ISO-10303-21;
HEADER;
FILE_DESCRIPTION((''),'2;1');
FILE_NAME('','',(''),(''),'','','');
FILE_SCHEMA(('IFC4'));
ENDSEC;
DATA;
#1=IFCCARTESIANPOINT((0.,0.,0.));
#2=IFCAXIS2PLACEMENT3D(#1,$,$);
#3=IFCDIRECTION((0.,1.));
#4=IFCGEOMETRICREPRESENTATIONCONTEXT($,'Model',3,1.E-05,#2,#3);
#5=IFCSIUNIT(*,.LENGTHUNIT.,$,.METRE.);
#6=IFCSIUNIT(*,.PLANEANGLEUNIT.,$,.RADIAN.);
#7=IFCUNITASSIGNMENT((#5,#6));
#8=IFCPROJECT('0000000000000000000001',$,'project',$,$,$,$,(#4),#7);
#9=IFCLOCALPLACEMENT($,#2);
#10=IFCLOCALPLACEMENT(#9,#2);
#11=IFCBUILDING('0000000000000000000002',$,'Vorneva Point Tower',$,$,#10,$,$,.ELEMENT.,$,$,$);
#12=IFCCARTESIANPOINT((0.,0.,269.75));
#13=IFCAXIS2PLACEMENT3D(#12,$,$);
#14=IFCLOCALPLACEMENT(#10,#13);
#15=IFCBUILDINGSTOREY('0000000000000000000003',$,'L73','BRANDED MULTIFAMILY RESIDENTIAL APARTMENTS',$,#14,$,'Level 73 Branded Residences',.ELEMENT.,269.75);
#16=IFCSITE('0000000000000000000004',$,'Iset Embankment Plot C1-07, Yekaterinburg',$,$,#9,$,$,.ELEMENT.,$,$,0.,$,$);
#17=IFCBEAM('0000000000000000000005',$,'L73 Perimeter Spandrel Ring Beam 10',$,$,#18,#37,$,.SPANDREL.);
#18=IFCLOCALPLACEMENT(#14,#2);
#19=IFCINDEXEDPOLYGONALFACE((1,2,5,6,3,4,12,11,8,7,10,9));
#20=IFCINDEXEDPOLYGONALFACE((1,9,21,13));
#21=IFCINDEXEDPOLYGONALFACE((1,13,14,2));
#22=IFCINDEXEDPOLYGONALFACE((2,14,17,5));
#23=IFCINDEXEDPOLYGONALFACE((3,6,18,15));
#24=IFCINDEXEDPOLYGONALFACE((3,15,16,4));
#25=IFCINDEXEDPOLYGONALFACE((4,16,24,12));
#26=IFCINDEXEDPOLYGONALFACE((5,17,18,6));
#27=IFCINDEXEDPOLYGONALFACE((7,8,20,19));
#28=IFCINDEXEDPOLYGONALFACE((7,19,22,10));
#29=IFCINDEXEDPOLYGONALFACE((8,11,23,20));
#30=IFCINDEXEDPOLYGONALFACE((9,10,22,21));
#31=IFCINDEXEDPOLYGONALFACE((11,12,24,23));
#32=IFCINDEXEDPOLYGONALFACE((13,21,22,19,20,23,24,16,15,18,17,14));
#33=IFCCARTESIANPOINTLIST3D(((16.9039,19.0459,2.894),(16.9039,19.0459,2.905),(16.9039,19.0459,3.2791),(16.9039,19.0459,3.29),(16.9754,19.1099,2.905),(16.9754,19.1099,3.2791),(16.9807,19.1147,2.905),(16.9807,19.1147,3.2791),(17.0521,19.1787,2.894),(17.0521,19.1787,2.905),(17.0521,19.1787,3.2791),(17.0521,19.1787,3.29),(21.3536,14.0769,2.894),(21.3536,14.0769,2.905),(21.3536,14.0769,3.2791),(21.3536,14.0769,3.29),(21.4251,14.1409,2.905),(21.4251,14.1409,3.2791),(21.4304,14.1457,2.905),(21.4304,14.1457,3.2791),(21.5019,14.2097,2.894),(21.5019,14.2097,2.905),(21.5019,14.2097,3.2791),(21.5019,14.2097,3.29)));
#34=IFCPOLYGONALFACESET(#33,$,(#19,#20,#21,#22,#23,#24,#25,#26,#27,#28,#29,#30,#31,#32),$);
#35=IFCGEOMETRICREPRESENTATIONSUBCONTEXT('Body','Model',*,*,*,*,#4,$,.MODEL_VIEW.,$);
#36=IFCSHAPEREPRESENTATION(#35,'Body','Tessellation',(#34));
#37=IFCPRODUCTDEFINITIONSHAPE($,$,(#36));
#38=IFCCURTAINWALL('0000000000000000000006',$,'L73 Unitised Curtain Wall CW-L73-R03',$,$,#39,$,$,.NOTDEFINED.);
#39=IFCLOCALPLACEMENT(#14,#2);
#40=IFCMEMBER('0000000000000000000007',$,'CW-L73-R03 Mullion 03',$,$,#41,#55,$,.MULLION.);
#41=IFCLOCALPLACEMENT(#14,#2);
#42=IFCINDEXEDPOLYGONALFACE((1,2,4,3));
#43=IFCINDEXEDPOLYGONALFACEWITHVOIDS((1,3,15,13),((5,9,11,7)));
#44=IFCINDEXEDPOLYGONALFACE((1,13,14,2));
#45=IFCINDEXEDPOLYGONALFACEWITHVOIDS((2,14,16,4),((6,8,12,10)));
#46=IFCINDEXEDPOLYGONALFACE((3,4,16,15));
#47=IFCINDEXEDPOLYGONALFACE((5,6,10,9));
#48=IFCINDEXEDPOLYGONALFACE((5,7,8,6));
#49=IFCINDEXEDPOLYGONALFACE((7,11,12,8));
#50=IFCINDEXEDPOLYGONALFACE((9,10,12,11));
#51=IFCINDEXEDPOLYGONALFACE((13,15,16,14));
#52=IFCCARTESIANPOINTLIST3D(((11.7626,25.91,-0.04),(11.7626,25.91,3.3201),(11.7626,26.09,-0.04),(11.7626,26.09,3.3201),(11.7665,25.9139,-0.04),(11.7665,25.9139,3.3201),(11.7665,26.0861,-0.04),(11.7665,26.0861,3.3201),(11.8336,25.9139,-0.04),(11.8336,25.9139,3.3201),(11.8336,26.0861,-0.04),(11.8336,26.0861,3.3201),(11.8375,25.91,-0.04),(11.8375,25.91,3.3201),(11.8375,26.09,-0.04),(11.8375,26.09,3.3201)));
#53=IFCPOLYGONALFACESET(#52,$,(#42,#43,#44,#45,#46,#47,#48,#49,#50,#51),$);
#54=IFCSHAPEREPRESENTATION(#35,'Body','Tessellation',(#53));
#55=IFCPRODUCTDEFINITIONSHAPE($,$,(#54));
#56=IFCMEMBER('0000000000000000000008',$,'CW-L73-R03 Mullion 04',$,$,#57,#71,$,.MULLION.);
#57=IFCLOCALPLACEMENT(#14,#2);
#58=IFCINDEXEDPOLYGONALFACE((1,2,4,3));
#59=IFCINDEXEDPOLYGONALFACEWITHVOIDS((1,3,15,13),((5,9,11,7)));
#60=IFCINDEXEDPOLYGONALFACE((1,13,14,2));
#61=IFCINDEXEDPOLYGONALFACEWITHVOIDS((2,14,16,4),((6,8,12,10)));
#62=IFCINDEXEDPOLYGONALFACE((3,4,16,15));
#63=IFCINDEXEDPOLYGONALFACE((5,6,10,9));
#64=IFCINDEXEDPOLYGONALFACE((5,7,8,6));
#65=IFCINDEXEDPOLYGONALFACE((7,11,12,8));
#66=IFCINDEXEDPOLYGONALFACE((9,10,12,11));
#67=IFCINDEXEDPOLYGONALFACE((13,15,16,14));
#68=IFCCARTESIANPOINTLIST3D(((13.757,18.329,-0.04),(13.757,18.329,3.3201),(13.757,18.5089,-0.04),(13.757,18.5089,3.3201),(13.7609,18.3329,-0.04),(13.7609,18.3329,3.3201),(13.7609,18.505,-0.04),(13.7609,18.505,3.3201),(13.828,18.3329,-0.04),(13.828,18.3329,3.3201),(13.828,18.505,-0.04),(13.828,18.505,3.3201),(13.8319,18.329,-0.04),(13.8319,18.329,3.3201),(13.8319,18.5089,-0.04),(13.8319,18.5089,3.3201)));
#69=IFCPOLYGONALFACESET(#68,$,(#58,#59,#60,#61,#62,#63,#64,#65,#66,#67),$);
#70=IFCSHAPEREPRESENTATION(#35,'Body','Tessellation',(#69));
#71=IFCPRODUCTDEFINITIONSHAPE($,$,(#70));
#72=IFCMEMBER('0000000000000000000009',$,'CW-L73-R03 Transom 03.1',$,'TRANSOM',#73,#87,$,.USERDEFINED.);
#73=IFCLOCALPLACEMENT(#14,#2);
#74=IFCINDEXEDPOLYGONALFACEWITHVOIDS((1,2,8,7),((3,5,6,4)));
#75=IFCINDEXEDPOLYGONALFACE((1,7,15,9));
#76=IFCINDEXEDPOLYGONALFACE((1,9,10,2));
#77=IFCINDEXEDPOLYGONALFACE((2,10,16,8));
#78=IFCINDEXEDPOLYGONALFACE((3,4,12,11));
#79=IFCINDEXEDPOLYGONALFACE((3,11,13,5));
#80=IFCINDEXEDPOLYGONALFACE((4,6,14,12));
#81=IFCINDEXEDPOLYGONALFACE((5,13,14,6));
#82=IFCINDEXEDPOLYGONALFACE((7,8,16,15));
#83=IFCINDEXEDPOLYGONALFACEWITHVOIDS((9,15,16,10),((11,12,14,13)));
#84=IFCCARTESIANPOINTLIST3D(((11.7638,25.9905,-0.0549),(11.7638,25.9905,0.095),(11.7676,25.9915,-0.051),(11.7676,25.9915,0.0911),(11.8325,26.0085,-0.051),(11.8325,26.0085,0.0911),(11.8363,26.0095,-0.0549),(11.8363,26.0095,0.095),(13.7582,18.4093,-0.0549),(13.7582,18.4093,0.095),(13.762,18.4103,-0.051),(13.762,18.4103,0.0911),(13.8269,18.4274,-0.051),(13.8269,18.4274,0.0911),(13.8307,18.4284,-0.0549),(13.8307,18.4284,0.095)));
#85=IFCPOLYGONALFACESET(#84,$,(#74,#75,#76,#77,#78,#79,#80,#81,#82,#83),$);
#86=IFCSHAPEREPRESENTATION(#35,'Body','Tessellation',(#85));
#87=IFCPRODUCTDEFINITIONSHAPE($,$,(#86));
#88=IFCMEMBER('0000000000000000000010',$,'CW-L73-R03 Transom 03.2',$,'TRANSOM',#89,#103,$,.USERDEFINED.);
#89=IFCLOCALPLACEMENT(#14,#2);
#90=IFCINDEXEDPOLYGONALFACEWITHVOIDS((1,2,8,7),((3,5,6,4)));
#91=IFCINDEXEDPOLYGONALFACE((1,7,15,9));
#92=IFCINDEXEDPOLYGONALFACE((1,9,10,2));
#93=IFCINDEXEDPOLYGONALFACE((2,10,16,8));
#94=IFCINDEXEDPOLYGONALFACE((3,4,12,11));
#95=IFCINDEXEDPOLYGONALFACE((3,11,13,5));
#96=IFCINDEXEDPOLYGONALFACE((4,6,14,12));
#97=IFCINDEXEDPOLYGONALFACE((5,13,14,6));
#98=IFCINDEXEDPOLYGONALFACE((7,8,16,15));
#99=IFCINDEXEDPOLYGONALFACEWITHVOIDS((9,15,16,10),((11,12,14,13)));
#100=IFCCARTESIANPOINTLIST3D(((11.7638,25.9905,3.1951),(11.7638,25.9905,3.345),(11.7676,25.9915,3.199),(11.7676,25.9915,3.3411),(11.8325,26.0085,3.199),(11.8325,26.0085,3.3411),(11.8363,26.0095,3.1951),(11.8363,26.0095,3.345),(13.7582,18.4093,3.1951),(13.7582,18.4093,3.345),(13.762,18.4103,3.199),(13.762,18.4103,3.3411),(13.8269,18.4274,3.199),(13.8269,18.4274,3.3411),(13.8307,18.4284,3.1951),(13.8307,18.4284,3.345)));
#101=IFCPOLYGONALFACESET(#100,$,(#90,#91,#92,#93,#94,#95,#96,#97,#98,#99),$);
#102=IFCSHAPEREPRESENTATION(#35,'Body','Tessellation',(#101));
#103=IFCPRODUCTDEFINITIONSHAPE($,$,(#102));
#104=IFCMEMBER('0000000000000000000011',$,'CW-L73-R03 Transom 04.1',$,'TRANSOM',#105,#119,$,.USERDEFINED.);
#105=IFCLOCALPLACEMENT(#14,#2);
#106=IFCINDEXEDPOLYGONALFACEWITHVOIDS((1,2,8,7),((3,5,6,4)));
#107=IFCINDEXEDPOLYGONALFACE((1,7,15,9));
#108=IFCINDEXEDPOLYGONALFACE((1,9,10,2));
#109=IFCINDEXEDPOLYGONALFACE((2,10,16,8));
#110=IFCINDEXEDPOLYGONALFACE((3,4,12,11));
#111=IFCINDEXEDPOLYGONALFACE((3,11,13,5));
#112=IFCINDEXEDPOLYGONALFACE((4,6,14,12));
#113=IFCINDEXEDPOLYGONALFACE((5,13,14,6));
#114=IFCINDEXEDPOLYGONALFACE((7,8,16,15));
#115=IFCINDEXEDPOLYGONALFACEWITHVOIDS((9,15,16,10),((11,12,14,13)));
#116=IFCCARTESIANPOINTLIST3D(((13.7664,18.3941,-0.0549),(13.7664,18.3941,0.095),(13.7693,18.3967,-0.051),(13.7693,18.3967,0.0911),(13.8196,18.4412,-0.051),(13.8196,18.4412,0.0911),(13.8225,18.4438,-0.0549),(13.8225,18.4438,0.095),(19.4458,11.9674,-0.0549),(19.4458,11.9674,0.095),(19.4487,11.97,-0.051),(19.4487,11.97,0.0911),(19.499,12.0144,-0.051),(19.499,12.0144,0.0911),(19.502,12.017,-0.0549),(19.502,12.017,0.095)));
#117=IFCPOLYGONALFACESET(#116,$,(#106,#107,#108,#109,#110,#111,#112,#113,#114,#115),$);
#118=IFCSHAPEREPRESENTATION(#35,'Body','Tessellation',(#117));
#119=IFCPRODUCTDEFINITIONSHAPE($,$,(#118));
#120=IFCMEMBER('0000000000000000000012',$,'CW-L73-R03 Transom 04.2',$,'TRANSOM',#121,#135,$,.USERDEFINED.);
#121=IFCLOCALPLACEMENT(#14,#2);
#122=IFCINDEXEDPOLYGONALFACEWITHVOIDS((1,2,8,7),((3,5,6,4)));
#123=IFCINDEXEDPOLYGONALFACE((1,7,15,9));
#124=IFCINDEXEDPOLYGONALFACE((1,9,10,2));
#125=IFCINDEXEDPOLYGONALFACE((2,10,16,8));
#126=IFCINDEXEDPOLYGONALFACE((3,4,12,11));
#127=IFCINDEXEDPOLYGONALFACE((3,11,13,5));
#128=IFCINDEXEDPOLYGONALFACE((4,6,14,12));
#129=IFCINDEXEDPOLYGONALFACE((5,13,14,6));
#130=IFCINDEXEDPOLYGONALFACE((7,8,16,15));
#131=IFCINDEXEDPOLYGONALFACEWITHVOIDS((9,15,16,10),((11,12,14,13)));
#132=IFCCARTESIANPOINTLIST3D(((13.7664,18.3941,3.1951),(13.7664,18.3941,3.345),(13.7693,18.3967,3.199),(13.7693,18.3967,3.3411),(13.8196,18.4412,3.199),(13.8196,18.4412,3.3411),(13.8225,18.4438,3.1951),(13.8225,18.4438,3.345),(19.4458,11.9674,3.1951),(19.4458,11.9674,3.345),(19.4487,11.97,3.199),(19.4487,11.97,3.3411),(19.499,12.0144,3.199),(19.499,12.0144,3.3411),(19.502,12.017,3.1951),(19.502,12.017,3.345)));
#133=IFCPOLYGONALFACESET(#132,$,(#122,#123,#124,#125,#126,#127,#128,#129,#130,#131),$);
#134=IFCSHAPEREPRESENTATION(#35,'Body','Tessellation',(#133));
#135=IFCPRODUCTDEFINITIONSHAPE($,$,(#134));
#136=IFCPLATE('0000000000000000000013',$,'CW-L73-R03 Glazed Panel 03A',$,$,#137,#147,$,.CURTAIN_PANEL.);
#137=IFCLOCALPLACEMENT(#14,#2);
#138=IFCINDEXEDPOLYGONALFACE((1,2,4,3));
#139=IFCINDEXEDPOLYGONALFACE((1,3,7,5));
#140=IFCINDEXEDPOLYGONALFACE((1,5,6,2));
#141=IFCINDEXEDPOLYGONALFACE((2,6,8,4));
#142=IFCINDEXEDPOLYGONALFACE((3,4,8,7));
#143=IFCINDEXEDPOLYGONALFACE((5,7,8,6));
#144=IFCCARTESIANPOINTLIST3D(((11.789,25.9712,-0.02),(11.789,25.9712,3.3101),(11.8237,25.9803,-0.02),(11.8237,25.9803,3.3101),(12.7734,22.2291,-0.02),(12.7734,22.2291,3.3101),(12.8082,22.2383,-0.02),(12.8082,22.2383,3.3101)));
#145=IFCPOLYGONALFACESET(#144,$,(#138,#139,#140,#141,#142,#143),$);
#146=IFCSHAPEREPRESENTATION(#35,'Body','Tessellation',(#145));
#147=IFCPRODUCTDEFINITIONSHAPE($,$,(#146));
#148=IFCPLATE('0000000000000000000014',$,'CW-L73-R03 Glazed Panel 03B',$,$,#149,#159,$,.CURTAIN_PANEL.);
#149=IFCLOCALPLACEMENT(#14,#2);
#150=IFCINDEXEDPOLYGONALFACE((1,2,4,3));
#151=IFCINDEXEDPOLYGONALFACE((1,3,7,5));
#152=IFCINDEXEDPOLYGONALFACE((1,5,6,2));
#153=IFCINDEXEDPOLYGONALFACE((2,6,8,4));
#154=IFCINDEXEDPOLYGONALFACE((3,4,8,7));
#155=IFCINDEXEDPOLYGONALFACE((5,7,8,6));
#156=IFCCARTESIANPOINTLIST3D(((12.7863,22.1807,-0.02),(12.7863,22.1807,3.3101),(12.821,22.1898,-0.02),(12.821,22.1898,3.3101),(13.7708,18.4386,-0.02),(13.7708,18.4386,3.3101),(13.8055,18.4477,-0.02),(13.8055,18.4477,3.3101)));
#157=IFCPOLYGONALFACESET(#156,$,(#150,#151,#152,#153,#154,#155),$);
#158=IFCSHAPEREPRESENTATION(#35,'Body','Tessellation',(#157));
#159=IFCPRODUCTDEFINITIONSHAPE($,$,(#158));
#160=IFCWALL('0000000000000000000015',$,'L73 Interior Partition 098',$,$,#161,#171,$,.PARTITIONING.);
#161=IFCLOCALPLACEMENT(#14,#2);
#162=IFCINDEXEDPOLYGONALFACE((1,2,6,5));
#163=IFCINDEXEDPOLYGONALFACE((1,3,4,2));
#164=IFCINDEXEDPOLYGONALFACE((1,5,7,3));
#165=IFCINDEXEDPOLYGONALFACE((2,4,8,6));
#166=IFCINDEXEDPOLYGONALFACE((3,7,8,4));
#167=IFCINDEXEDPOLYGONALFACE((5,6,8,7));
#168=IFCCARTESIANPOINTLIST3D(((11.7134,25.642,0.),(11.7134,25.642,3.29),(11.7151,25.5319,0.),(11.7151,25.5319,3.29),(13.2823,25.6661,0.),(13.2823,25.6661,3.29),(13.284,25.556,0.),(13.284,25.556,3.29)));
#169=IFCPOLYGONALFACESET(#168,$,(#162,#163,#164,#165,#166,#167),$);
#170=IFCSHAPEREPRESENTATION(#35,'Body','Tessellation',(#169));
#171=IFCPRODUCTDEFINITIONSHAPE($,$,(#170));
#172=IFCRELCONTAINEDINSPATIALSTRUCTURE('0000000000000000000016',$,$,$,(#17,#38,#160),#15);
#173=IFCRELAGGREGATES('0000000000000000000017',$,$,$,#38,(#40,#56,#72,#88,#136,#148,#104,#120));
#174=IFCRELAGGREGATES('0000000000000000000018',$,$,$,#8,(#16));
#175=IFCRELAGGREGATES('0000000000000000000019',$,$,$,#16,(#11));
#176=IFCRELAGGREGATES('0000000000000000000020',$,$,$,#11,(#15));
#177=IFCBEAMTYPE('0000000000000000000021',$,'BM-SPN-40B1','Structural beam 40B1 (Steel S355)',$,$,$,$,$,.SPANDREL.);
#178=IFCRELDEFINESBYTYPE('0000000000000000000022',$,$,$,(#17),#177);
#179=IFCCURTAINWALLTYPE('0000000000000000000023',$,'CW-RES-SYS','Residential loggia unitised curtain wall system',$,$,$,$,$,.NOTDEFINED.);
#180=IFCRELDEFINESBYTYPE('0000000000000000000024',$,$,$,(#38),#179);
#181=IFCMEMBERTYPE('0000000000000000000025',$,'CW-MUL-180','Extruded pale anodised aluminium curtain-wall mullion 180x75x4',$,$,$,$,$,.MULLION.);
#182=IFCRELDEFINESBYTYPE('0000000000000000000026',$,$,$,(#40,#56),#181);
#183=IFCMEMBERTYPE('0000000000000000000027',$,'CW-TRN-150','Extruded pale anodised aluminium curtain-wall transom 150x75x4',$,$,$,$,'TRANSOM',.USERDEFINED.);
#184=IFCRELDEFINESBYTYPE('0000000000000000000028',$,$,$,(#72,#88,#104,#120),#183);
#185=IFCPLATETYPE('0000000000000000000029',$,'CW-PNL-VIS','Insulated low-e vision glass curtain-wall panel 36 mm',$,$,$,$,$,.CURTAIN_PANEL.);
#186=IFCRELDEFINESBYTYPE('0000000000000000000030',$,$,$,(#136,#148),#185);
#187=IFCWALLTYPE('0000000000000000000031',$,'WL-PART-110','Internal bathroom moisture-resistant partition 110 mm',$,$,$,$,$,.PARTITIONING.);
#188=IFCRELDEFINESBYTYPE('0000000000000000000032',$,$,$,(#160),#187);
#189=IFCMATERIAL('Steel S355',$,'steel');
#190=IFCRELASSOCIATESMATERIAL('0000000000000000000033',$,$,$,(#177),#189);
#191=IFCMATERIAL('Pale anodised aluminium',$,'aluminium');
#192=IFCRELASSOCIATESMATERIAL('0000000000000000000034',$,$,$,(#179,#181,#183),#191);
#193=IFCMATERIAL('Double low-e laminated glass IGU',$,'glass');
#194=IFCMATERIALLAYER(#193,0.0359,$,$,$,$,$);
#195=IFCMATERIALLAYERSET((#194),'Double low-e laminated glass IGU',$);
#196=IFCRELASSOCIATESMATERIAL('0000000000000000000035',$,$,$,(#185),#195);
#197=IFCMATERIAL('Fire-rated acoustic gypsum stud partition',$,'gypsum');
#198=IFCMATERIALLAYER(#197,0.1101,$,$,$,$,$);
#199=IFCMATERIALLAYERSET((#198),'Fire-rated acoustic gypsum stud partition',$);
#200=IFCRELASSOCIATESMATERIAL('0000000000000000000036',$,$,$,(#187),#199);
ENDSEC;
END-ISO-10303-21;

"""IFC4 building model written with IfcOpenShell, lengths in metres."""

from ifc_helpers import new_model, si_unit, direction, frame, frame_2d, origin, origin_2d, place, context, subcontext, project, spatial, rectangle, hollow_rectangle, i_section, extrude, material, layer, layer_set, material_profile, profile_set, type_object, element, aggregate, save


model = new_model("IFC4")

# Units and contexts
model_context = context("Model", 3, precision=1e-05, world=origin(), true_north=direction((0.0, 1.0)))
body_context = subcontext(model_context, "Body", "Model", "MODEL_VIEW")
ifc_project = project(units=[si_unit("LENGTHUNIT", "METRE"), si_unit("PLANEANGLEUNIT", "RADIAN")], contexts=[model_context])

# Site, building, storey
site_placement = place(None, origin())
site = spatial("IfcSite", under=ifc_project, at=site_placement, Name="Iset Embankment Plot C1-07, Yekaterinburg", CompositionType="ELEMENT", RefElevation=0.0)
building_placement = place(site_placement, origin())
building = spatial("IfcBuilding", under=site, at=building_placement, Name="Vorneva Point Tower", CompositionType="ELEMENT")
storey_placement = place(building_placement, frame((0.0, 0.0, 269.75)))
storey = spatial("IfcBuildingStorey", under=building, at=storey_placement, Name="L73", Description="BRANDED MULTIFAMILY RESIDENTIAL APARTMENTS", LongName="Level 73 Branded Residences", CompositionType="ELEMENT", Elevation=269.75)

# Beam
ifc_material_1 = material(Name="Steel S355", Category="steel")
ifc_material_profile_1 = material_profile(ifc_material_1, i_section(OverallWidth=0.199, OverallDepth=0.396, WebThickness=0.0071, FlangeThickness=0.011, at=origin_2d()), Name="40B1")
ifc_profile_set_1 = profile_set([ifc_material_profile_1], Name="Steel S355")
beam_type_1 = type_object("IfcBeamType", Name="BM-SPN-40B1", Description="Structural beam 40B1 (Steel S355)", PredefinedType="SPANDREL", material=ifc_profile_set_1)
beam_1_placement = place(storey_placement, frame((16.978, 19.1123, 3.092), z_axis=(0.667108, -0.744961, 0.0), x_axis=(0.744961, 0.667108, 0.0)))
element("IfcBeam", 1, at=beam_1_placement, inside=storey, type_object=beam_type_1, Name="L73 Perimeter Spandrel Ring Beam 10", PredefinedType="SPANDREL", context=body_context, shape_type="SweptSolid", body=[
    extrude(i_section(OverallWidth=0.199, OverallDepth=0.396, WebThickness=0.0071, FlangeThickness=0.011, at=origin_2d()), origin(), (0.0, 0.0, 1.0), 6.6702),
])

# Curtain wall, members, plates
ifc_material_2 = material(Name="Pale anodised aluminium", Category="aluminium")
curtain_wall_type = type_object("IfcCurtainWallType", Name="CW-RES-SYS", Description="Residential loggia unitised curtain wall system", PredefinedType="NOTDEFINED", material=ifc_material_2)
curtain_wall_placement = place(storey_placement, origin())
curtain_wall = element("IfcCurtainWall", 2, at=curtain_wall_placement, inside=storey, type_object=curtain_wall_type, Name="L73 Unitised Curtain Wall CW-L73-R03", PredefinedType="NOTDEFINED")
ifc_material_profile_2 = material_profile(ifc_material_2, hollow_rectangle(XDim=0.075, YDim=0.1799, WallThickness=0.0039, at=origin_2d()), Name="AL-MUL 180x75x4")
ifc_profile_set_2 = profile_set([ifc_material_profile_2], Name="Pale anodised aluminium")
member_type_1 = type_object("IfcMemberType", Name="CW-MUL-180", Description="Extruded pale anodised aluminium curtain-wall mullion 180x75x4", PredefinedType="MULLION", material=ifc_profile_set_2)
member_1_placement = place(storey_placement, frame((11.8, 26.0, -0.04), z_axis=(0.0, 0.0, 1.0), x_axis=(1.0, 0.0, 0.0)))
member_1 = element("IfcMember", 3, at=member_1_placement, type_object=member_type_1, Name="CW-L73-R03 Mullion 03", PredefinedType="MULLION", context=body_context, shape_type="SweptSolid", body=[
    extrude(hollow_rectangle(XDim=0.075, YDim=0.1799, WallThickness=0.0039, at=origin_2d()), origin(), (0.0, 0.0, 1.0), 3.3601),
])
member_2_placement = place(storey_placement, frame((13.7944, 18.4189, -0.04), z_axis=(0.0, 0.0, 1.0), x_axis=(1.0, 0.0, 0.0)))
member_2 = element("IfcMember", 4, at=member_2_placement, type_object=member_type_1, Name="CW-L73-R03 Mullion 04", PredefinedType="MULLION", context=body_context, shape_type="SweptSolid", body=[
    extrude(hollow_rectangle(XDim=0.075, YDim=0.1799, WallThickness=0.0039, at=origin_2d()), origin(), (0.0, 0.0, 1.0), 3.3601),
])
ifc_material_profile_3 = material_profile(ifc_material_2, hollow_rectangle(XDim=0.075, YDim=0.1499, WallThickness=0.0039, at=origin_2d()), Name="AL-TRN 150x75x4")
ifc_profile_set_3 = profile_set([ifc_material_profile_3], Name="Pale anodised aluminium")
member_type_2 = type_object("IfcMemberType", Name="CW-TRN-150", Description="Extruded pale anodised aluminium curtain-wall transom 150x75x4", ElementType="TRANSOM", PredefinedType="USERDEFINED", material=ifc_profile_set_3)
member_3_placement = place(storey_placement, frame((11.8, 26.0, 0.02), z_axis=(0.254418, -0.967094, 0.0), x_axis=(0.967094, 0.254418, 0.0)))
member_3 = element("IfcMember", 5, at=member_3_placement, type_object=member_type_2, Name="CW-L73-R03 Transom 03.1", ObjectType="TRANSOM", PredefinedType="USERDEFINED", context=body_context, shape_type="SweptSolid", body=[
    extrude(hollow_rectangle(XDim=0.075, YDim=0.1499, WallThickness=0.0039, at=origin_2d()), origin(), (0.0, 0.0, 1.0), 7.8391),
])
member_4_placement = place(storey_placement, frame((11.8, 26.0, 3.27), z_axis=(0.254418, -0.967094, 0.0), x_axis=(0.967094, 0.254418, 0.0)))
member_4 = element("IfcMember", 6, at=member_4_placement, type_object=member_type_2, Name="CW-L73-R03 Transom 03.2", ObjectType="TRANSOM", PredefinedType="USERDEFINED", context=body_context, shape_type="SweptSolid", body=[
    extrude(hollow_rectangle(XDim=0.075, YDim=0.1499, WallThickness=0.0039, at=origin_2d()), origin(), (0.0, 0.0, 1.0), 7.8391),
])
member_5_placement = place(storey_placement, frame((13.7944, 18.4189, 0.02), z_axis=(0.662197, -0.74933, 0.0), x_axis=(0.74933, 0.662197, 0.0)))
member_5 = element("IfcMember", 7, at=member_5_placement, type_object=member_type_2, Name="CW-L73-R03 Transom 04.1", ObjectType="TRANSOM", PredefinedType="USERDEFINED", context=body_context, shape_type="SweptSolid", body=[
    extrude(hollow_rectangle(XDim=0.075, YDim=0.1499, WallThickness=0.0039, at=origin_2d()), origin(), (0.0, 0.0, 1.0), 8.5767),
])
member_6_placement = place(storey_placement, frame((13.7944, 18.4189, 3.27), z_axis=(0.662197, -0.74933, 0.0), x_axis=(0.74933, 0.662197, 0.0)))
member_6 = element("IfcMember", 8, at=member_6_placement, type_object=member_type_2, Name="CW-L73-R03 Transom 04.2", ObjectType="TRANSOM", PredefinedType="USERDEFINED", context=body_context, shape_type="SweptSolid", body=[
    extrude(hollow_rectangle(XDim=0.075, YDim=0.1499, WallThickness=0.0039, at=origin_2d()), origin(), (0.0, 0.0, 1.0), 8.5767),
])
ifc_material_3 = material(Name="Double low-e laminated glass IGU", Category="glass")
ifc_layer_1 = layer(ifc_material_3, 0.0359)
ifc_layer_set_1 = layer_set([ifc_layer_1], Name="Double low-e laminated glass IGU")
plate_type = type_object("IfcPlateType", Name="CW-PNL-VIS", Description="Insulated low-e vision glass curtain-wall panel 36 mm", PredefinedType="CURTAIN_PANEL", material=ifc_layer_set_1)
plate_1_placement = place(storey_placement, frame((12.2986, 24.1047, -0.02), z_axis=(0.0, 0.0, 1.0), x_axis=(0.254416, -0.967095, 0.0)))
plate_1 = element("IfcPlate", 9, at=plate_1_placement, type_object=plate_type, Name="CW-L73-R03 Glazed Panel 03A", PredefinedType="CURTAIN_PANEL", context=body_context, shape_type="SweptSolid", body=[
    extrude(rectangle(XDim=3.8694, YDim=0.0359, at=origin_2d()), origin(), (0.0, 0.0, 1.0), 3.3301),
])
plate_2_placement = place(storey_placement, frame((13.2959, 20.3142, -0.02), z_axis=(0.0, 0.0, 1.0), x_axis=(0.254416, -0.967095, 0.0)))
plate_2 = element("IfcPlate", 10, at=plate_2_placement, type_object=plate_type, Name="CW-L73-R03 Glazed Panel 03B", PredefinedType="CURTAIN_PANEL", context=body_context, shape_type="SweptSolid", body=[
    extrude(rectangle(XDim=3.8694, YDim=0.0359, at=origin_2d()), origin(), (0.0, 0.0, 1.0), 3.3301),
])
aggregate(curtain_wall, [member_1, member_2, member_3, member_4, plate_1, plate_2, member_5, member_6])

# Wall
ifc_material_4 = material(Name="Fire-rated acoustic gypsum stud partition", Category="gypsum")
ifc_layer_2 = layer(ifc_material_4, 0.1101)
ifc_layer_set_2 = layer_set([ifc_layer_2], Name="Fire-rated acoustic gypsum stud partition")
wall_type_1 = type_object("IfcWallType", Name="WL-PART-110", Description="Internal bathroom moisture-resistant partition 110 mm", PredefinedType="PARTITIONING", material=ifc_layer_set_2)
wall_1_placement = place(storey_placement, frame((11.7141, 25.5869, 0.0), z_axis=(0.0, 0.0, 1.0), x_axis=(0.999881, 0.015404, 0.0)))
element("IfcWall", 11, at=wall_1_placement, inside=storey, type_object=wall_type_1, Name="L73 Interior Partition 098", PredefinedType="PARTITIONING", context=body_context, shape_type="SweptSolid", body=[
    extrude(rectangle(XDim=1.5691, YDim=0.1101, at=frame_2d((0.7847, 0.0))), origin(), (0.0, 0.0, 1.0), 3.29),
])

save(model, "model.ifc")
